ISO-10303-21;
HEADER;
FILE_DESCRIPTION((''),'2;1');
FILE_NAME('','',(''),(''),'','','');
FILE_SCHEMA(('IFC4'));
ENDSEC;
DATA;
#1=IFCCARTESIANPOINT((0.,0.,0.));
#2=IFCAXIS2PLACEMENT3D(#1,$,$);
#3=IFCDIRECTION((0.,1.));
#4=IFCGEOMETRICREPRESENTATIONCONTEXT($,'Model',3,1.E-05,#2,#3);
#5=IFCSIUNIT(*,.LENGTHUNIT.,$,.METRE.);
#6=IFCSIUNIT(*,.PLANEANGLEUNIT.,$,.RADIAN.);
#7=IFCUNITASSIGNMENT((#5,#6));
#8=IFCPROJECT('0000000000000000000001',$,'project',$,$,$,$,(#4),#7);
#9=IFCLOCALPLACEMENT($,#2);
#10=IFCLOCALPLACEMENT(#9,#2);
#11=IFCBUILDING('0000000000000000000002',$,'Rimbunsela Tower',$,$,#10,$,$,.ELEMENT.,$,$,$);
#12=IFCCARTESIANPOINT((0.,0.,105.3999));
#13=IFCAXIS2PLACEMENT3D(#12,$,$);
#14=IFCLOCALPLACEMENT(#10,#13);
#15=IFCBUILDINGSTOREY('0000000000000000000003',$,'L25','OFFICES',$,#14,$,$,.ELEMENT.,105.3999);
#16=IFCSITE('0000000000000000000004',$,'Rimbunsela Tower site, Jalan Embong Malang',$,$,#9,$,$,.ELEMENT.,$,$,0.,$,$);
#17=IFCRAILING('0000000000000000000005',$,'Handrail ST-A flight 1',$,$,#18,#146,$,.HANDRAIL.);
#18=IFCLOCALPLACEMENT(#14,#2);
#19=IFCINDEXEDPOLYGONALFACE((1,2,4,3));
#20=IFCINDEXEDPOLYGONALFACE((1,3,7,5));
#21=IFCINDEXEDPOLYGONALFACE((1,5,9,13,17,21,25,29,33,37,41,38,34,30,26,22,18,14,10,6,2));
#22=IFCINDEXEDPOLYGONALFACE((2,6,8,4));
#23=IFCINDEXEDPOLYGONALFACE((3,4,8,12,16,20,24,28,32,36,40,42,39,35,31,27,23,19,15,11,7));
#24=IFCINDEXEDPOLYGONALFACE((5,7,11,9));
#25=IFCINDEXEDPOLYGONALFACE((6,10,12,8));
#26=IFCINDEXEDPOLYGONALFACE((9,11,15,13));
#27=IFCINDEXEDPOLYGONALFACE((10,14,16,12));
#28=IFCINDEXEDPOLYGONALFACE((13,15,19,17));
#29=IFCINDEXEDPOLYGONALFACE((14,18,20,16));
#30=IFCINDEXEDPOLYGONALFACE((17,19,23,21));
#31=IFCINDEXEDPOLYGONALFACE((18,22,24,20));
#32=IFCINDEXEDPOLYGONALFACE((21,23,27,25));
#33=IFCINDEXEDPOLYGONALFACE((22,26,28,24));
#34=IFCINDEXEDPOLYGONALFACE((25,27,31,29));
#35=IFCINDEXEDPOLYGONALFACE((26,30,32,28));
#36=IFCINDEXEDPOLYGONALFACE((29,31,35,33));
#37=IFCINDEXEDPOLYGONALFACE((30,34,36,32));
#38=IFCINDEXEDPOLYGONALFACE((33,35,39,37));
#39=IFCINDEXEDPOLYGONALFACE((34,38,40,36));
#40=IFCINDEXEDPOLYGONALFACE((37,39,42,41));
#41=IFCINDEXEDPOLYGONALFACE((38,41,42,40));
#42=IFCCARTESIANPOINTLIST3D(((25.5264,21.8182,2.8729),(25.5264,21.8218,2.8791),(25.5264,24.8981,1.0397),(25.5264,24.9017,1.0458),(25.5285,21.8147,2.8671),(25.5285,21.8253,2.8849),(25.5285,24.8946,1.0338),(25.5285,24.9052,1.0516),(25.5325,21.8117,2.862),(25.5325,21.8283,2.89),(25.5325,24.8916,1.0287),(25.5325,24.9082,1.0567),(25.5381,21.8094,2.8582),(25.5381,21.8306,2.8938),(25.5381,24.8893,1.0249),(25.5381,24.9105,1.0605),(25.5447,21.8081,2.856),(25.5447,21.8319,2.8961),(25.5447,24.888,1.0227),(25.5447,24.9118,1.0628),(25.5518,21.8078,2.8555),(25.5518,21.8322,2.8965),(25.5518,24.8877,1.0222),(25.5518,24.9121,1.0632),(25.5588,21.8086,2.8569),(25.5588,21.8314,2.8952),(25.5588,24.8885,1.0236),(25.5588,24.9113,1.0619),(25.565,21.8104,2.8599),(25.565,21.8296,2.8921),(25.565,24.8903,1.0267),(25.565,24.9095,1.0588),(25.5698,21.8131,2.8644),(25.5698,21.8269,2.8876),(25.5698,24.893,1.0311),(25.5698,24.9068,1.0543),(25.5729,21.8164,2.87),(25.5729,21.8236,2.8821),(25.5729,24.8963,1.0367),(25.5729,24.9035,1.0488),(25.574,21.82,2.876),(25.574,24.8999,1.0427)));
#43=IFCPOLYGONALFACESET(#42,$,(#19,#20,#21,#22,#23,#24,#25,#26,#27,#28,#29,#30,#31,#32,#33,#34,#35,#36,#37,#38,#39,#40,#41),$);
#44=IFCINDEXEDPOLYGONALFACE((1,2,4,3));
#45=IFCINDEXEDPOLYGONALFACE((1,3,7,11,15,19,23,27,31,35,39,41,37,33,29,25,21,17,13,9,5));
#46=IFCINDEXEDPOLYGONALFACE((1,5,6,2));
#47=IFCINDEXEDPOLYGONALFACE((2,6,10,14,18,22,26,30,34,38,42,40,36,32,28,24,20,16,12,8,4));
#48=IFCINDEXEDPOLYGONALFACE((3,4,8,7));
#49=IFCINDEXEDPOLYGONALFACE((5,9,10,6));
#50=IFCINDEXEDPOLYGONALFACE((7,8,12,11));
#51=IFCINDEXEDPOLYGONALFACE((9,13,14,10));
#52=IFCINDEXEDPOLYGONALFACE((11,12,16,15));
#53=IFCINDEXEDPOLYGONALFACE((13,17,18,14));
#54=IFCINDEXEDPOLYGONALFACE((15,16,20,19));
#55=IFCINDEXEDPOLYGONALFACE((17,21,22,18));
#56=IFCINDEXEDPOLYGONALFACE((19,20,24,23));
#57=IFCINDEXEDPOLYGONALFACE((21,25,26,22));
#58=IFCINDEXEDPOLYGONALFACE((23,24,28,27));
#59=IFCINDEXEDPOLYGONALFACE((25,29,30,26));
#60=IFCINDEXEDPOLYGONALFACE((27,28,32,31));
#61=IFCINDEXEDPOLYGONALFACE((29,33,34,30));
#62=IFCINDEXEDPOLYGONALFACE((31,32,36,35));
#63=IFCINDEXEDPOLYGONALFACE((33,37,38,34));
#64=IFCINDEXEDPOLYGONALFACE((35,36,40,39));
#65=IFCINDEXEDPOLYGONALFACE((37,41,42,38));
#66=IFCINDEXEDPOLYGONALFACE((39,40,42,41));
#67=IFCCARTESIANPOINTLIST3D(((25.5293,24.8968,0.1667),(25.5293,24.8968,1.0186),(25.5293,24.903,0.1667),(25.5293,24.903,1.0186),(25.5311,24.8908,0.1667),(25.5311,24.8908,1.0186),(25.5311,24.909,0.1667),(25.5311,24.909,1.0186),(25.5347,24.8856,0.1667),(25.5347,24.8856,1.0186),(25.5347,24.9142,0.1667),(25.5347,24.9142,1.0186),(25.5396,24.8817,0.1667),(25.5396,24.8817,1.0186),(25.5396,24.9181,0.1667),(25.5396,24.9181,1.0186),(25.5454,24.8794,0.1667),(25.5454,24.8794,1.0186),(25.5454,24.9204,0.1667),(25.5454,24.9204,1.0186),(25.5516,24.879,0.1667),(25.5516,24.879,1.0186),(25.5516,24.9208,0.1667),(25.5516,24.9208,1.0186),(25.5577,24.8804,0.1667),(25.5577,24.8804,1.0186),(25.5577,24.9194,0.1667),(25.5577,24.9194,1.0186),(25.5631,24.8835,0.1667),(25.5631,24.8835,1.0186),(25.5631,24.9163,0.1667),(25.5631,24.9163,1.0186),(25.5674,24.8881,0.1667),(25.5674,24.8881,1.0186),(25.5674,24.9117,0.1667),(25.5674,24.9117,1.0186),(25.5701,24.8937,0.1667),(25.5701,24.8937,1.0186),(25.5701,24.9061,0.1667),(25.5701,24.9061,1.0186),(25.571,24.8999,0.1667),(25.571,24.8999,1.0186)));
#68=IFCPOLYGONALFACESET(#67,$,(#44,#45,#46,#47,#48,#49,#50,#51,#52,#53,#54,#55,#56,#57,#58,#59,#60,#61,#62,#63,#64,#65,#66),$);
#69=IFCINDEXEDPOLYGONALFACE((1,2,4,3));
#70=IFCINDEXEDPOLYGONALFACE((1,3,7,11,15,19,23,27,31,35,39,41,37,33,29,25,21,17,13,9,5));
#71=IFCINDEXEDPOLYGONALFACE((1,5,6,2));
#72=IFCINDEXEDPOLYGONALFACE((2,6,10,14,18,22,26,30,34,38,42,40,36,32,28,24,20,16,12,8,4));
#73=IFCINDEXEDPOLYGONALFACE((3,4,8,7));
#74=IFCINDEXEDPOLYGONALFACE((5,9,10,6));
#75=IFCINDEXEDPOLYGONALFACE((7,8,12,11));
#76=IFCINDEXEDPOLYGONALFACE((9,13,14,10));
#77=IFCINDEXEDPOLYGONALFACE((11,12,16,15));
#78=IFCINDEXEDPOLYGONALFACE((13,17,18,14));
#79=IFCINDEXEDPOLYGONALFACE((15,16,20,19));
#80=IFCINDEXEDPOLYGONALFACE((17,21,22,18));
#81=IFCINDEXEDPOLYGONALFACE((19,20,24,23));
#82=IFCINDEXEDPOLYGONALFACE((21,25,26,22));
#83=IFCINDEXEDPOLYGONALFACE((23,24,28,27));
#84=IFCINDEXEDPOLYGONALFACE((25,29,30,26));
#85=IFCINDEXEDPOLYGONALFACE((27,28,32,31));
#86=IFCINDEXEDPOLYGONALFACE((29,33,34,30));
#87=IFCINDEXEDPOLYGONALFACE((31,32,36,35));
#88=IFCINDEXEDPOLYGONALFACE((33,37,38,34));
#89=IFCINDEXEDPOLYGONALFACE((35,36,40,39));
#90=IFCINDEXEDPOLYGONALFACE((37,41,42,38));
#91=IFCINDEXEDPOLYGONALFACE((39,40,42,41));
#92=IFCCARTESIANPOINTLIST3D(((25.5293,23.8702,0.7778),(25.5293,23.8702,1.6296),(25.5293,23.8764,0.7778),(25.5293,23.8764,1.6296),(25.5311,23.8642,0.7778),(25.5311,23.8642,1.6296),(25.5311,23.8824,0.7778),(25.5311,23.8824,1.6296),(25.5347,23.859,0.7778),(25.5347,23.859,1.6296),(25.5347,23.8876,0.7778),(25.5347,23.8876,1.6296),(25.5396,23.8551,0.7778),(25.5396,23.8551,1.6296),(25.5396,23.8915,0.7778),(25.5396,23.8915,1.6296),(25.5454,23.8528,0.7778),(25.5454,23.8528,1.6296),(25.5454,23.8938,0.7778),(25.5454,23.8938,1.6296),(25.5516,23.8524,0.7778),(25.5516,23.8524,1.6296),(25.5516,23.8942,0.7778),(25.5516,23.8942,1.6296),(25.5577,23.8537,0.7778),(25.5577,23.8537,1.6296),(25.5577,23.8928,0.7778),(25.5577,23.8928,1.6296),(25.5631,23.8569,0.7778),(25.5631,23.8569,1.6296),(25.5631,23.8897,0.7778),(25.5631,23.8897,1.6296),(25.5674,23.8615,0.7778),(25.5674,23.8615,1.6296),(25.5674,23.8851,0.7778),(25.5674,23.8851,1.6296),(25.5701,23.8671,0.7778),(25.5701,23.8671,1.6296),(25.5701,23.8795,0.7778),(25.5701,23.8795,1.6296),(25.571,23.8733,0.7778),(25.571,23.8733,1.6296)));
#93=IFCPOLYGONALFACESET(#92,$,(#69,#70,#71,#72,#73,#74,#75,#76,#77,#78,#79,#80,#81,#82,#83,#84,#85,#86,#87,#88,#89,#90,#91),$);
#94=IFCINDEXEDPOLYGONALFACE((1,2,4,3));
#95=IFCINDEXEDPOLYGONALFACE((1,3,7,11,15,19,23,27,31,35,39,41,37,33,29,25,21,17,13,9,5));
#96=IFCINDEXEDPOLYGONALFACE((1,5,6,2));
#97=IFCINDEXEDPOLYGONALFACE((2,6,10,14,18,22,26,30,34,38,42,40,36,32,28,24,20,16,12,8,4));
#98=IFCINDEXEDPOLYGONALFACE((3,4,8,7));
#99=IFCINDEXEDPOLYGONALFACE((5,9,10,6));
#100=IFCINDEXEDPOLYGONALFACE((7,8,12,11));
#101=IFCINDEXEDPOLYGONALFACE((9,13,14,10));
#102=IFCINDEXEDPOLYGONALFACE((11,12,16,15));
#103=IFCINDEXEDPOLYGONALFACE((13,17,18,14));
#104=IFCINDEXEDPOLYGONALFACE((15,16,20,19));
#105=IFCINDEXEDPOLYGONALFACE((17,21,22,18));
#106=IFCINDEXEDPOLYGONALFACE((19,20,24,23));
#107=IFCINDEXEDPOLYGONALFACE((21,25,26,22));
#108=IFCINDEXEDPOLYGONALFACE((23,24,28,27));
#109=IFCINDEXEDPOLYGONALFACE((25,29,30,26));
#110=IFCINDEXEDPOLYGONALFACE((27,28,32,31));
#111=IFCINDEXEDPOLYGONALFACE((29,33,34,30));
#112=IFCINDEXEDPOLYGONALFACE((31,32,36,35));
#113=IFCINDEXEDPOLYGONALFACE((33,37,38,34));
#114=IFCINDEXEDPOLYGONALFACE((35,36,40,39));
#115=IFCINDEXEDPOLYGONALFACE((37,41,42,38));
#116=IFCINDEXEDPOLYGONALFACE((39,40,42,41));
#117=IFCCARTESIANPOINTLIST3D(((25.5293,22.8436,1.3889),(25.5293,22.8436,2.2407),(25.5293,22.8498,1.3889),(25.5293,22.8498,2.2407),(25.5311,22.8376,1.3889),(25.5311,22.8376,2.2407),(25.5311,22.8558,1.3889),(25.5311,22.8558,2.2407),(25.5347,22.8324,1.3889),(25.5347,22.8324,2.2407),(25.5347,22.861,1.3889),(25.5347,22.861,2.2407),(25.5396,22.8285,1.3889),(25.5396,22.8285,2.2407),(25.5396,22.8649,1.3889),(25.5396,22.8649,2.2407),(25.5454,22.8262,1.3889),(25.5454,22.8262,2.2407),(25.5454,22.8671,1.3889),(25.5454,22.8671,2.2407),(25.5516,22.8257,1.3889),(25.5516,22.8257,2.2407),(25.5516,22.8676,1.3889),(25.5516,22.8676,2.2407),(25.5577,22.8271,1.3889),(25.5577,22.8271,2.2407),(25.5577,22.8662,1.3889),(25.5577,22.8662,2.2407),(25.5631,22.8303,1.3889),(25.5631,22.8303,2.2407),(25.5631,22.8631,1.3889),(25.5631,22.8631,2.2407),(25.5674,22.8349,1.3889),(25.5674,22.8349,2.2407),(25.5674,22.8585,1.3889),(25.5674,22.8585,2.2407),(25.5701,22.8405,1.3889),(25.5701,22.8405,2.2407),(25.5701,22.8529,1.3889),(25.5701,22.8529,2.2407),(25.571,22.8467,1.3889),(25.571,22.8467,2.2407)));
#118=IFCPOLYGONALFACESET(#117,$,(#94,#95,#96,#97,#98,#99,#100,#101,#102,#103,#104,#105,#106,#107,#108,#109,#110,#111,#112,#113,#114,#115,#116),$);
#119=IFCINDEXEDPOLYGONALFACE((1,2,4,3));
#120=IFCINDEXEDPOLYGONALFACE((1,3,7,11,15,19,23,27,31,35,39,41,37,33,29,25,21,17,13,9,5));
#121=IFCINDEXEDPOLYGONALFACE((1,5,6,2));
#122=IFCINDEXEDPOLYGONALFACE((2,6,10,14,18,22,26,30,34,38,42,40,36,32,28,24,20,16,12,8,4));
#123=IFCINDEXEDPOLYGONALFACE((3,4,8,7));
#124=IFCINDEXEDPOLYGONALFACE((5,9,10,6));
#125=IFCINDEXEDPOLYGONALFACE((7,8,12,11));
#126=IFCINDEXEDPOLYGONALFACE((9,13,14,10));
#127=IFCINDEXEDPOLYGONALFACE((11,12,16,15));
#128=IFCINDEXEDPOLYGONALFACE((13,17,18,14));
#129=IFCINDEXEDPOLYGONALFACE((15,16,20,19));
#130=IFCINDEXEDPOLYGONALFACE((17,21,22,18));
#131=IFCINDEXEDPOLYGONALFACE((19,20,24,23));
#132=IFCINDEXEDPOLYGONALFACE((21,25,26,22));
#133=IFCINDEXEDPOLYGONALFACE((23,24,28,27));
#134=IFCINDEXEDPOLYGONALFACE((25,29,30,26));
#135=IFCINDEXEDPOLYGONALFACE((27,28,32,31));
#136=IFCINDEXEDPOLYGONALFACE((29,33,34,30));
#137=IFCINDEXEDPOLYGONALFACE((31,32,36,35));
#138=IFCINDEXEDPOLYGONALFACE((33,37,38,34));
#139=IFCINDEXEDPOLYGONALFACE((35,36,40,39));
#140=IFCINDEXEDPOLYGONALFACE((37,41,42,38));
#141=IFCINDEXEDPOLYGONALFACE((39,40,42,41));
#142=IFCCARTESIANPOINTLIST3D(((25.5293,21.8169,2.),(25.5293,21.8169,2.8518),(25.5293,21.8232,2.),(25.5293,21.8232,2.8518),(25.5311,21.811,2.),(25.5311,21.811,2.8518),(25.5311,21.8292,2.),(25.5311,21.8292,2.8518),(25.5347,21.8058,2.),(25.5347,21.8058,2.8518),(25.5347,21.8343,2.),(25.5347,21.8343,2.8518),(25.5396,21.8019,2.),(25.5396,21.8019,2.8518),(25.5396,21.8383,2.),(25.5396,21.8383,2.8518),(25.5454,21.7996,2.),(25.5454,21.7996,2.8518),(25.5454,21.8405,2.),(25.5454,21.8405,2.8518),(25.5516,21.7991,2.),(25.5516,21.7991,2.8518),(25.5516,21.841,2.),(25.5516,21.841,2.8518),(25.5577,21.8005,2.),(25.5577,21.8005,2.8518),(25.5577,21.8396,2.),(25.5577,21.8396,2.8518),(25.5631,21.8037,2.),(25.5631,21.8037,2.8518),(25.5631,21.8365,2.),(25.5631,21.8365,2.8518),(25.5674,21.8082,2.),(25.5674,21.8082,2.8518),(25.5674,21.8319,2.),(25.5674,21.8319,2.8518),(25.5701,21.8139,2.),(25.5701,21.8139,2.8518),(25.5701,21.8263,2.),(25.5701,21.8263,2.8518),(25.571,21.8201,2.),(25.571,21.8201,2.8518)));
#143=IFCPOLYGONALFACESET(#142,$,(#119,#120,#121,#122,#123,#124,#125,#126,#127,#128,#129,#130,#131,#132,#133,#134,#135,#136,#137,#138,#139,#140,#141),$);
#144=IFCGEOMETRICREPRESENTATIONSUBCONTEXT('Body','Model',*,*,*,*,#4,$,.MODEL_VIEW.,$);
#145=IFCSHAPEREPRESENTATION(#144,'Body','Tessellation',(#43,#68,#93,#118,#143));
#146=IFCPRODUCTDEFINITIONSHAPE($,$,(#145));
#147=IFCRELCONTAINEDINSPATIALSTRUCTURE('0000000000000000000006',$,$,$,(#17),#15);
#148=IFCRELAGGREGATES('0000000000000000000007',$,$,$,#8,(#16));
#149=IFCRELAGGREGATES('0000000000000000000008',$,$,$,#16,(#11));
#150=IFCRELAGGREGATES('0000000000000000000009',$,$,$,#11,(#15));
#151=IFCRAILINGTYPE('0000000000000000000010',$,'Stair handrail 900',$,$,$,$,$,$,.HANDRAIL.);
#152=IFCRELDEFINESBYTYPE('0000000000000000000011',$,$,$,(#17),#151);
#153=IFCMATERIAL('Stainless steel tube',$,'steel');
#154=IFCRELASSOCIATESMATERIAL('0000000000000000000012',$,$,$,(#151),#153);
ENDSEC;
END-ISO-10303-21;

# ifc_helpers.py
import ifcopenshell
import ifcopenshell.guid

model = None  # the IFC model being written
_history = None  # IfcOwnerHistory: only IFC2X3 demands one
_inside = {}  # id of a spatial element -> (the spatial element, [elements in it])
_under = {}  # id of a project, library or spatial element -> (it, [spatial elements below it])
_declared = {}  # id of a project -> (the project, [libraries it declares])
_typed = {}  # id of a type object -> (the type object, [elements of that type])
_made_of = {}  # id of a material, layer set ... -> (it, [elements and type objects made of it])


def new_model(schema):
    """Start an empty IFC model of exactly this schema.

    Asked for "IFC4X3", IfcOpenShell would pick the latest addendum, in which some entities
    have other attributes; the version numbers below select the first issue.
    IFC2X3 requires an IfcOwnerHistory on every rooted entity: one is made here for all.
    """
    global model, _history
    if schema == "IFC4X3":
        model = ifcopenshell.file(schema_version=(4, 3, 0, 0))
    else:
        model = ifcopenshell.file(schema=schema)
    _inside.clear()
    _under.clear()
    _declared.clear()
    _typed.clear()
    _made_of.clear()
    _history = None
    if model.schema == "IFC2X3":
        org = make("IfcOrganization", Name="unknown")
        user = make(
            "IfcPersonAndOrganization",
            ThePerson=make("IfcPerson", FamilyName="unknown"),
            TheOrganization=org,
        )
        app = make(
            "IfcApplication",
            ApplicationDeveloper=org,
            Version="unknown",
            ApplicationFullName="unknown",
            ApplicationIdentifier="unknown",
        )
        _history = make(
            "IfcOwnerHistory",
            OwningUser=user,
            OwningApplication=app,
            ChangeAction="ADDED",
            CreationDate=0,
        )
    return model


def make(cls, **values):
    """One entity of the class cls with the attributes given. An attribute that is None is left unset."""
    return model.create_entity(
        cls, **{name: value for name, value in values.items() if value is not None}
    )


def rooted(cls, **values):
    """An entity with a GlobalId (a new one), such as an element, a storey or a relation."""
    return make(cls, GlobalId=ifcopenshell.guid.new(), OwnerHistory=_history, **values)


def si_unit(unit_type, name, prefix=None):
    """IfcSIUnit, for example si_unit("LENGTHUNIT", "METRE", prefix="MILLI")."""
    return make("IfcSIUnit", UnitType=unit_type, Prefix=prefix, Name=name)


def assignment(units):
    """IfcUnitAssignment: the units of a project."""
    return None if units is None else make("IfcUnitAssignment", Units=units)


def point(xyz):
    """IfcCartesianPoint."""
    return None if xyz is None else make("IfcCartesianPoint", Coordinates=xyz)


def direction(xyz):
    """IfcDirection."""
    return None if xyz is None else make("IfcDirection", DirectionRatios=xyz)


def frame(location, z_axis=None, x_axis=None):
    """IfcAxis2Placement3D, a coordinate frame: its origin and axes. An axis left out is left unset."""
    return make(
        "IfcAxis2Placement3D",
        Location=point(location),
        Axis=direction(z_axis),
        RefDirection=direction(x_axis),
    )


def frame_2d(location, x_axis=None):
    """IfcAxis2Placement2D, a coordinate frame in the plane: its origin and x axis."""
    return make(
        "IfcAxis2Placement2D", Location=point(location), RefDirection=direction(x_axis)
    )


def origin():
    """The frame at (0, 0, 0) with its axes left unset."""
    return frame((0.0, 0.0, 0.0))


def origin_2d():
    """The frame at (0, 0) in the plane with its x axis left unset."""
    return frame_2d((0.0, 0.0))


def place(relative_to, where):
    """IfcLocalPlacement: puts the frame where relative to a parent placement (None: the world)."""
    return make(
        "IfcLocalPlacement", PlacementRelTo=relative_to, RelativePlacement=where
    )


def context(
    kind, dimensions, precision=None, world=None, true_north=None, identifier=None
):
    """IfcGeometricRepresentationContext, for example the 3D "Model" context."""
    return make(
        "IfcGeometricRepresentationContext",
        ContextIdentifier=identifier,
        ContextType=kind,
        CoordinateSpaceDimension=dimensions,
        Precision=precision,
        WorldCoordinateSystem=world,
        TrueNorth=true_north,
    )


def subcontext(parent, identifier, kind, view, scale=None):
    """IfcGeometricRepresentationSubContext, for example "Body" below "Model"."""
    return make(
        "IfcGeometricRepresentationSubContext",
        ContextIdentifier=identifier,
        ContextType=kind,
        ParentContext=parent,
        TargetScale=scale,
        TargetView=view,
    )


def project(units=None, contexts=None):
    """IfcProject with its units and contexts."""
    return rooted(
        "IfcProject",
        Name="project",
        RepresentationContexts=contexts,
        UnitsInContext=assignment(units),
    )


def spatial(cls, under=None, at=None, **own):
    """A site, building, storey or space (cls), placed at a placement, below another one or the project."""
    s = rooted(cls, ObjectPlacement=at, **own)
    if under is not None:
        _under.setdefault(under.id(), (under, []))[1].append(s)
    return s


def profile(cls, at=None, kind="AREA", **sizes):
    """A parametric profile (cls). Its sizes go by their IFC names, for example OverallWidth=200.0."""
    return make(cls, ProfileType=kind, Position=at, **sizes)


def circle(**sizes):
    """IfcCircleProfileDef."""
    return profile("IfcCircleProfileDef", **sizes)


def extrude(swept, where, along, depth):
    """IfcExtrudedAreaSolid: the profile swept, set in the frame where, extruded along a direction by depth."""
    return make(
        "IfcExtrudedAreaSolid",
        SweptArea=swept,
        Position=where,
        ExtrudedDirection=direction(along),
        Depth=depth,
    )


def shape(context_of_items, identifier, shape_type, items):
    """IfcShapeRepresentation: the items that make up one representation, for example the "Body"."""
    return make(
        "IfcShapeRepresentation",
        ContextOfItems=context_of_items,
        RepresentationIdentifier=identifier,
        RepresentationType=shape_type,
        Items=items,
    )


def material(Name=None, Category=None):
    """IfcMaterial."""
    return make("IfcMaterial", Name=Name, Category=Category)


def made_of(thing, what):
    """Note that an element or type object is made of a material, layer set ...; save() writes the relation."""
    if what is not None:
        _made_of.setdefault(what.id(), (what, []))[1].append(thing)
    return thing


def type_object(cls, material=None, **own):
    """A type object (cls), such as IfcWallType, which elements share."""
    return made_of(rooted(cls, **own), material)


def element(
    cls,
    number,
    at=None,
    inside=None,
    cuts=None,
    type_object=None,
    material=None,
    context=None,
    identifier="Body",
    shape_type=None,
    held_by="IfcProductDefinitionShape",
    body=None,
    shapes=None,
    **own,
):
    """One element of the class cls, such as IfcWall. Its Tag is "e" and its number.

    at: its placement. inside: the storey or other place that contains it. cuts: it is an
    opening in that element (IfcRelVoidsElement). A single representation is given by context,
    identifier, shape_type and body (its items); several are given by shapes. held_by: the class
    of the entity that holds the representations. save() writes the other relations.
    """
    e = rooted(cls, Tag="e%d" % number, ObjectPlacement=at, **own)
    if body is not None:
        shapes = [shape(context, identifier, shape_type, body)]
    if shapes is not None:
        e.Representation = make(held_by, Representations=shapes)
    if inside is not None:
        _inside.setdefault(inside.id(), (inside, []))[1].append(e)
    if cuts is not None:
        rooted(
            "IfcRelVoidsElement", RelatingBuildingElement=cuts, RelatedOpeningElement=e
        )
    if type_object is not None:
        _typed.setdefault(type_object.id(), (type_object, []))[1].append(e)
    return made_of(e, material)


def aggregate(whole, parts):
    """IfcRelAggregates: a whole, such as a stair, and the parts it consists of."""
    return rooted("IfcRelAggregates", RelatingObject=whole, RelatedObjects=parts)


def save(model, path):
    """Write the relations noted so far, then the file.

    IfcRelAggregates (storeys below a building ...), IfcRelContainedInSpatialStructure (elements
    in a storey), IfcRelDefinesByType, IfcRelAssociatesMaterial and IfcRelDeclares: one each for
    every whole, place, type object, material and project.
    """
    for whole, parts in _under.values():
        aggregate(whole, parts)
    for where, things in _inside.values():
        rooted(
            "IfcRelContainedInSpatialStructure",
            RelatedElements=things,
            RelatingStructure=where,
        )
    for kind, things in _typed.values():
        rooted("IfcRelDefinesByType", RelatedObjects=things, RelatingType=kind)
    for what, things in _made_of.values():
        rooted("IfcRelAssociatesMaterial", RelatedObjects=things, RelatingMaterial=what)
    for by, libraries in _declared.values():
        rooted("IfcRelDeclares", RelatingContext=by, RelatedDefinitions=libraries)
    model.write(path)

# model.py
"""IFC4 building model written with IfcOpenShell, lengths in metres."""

from ifc_helpers import new_model, si_unit, direction, frame, origin, origin_2d, place, context, subcontext, project, spatial, circle, extrude, material, type_object, element, save


model = new_model("IFC4")

# Units and contexts
model_context = context("Model", 3, precision=1e-05, world=origin(), true_north=direction((0.0, 1.0)))
body_context = subcontext(model_context, "Body", "Model", "MODEL_VIEW")
ifc_project = project(units=[si_unit("LENGTHUNIT", "METRE"), si_unit("PLANEANGLEUNIT", "RADIAN")], contexts=[model_context])

# Site, building, storey
site_placement = place(None, origin())
site = spatial("IfcSite", under=ifc_project, at=site_placement, Name="Rimbunsela Tower site, Jalan Embong Malang", CompositionType="ELEMENT", RefElevation=0.0)
building_placement = place(site_placement, origin())
building = spatial("IfcBuilding", under=site, at=building_placement, Name="Rimbunsela Tower", CompositionType="ELEMENT")
storey_placement = place(building_placement, frame((0.0, 0.0, 105.3999)))
storey = spatial("IfcBuildingStorey", under=building, at=storey_placement, Name="L25", Description="OFFICES", CompositionType="ELEMENT", Elevation=105.3999)

# Railing
ifc_material_1 = material(Name="Stainless steel tube", Category="steel")
railing_type = type_object("IfcRailingType", Name="Stair handrail 900", PredefinedType="HANDRAIL", material=ifc_material_1)
railing_placement = place(storey_placement, frame((25.55, 24.8999, 0.1667)))
element("IfcRailing", 1, at=railing_placement, inside=storey, type_object=railing_type, Name="Handrail ST-A flight 1", PredefinedType="HANDRAIL", context=body_context, shape_type="SweptSolid", body=[
    extrude(circle(Radius=0.0239, at=origin_2d()), frame((0.0, 0.0, 0.876), z_axis=(0.0, -0.859291, 0.511487), x_axis=(1.0, 0.0, 0.0)), (0.0, 0.0, 1.0), 3.5842),
    extrude(circle(Radius=0.021, at=origin_2d()), origin(), (0.0, 0.0, 1.0), 0.8518),
    extrude(circle(Radius=0.021, at=origin_2d()), frame((0.0, -1.0266, 0.6111)), (0.0, 0.0, 1.0), 0.8518),
    extrude(circle(Radius=0.021, at=origin_2d()), frame((0.0, -2.0532, 1.2222)), (0.0, 0.0, 1.0), 0.8518),
    extrude(circle(Radius=0.021, at=origin_2d()), frame((0.0, -3.0798, 1.8333)), (0.0, 0.0, 1.0), 0.8518),
])

save(model, "model.ifc")
